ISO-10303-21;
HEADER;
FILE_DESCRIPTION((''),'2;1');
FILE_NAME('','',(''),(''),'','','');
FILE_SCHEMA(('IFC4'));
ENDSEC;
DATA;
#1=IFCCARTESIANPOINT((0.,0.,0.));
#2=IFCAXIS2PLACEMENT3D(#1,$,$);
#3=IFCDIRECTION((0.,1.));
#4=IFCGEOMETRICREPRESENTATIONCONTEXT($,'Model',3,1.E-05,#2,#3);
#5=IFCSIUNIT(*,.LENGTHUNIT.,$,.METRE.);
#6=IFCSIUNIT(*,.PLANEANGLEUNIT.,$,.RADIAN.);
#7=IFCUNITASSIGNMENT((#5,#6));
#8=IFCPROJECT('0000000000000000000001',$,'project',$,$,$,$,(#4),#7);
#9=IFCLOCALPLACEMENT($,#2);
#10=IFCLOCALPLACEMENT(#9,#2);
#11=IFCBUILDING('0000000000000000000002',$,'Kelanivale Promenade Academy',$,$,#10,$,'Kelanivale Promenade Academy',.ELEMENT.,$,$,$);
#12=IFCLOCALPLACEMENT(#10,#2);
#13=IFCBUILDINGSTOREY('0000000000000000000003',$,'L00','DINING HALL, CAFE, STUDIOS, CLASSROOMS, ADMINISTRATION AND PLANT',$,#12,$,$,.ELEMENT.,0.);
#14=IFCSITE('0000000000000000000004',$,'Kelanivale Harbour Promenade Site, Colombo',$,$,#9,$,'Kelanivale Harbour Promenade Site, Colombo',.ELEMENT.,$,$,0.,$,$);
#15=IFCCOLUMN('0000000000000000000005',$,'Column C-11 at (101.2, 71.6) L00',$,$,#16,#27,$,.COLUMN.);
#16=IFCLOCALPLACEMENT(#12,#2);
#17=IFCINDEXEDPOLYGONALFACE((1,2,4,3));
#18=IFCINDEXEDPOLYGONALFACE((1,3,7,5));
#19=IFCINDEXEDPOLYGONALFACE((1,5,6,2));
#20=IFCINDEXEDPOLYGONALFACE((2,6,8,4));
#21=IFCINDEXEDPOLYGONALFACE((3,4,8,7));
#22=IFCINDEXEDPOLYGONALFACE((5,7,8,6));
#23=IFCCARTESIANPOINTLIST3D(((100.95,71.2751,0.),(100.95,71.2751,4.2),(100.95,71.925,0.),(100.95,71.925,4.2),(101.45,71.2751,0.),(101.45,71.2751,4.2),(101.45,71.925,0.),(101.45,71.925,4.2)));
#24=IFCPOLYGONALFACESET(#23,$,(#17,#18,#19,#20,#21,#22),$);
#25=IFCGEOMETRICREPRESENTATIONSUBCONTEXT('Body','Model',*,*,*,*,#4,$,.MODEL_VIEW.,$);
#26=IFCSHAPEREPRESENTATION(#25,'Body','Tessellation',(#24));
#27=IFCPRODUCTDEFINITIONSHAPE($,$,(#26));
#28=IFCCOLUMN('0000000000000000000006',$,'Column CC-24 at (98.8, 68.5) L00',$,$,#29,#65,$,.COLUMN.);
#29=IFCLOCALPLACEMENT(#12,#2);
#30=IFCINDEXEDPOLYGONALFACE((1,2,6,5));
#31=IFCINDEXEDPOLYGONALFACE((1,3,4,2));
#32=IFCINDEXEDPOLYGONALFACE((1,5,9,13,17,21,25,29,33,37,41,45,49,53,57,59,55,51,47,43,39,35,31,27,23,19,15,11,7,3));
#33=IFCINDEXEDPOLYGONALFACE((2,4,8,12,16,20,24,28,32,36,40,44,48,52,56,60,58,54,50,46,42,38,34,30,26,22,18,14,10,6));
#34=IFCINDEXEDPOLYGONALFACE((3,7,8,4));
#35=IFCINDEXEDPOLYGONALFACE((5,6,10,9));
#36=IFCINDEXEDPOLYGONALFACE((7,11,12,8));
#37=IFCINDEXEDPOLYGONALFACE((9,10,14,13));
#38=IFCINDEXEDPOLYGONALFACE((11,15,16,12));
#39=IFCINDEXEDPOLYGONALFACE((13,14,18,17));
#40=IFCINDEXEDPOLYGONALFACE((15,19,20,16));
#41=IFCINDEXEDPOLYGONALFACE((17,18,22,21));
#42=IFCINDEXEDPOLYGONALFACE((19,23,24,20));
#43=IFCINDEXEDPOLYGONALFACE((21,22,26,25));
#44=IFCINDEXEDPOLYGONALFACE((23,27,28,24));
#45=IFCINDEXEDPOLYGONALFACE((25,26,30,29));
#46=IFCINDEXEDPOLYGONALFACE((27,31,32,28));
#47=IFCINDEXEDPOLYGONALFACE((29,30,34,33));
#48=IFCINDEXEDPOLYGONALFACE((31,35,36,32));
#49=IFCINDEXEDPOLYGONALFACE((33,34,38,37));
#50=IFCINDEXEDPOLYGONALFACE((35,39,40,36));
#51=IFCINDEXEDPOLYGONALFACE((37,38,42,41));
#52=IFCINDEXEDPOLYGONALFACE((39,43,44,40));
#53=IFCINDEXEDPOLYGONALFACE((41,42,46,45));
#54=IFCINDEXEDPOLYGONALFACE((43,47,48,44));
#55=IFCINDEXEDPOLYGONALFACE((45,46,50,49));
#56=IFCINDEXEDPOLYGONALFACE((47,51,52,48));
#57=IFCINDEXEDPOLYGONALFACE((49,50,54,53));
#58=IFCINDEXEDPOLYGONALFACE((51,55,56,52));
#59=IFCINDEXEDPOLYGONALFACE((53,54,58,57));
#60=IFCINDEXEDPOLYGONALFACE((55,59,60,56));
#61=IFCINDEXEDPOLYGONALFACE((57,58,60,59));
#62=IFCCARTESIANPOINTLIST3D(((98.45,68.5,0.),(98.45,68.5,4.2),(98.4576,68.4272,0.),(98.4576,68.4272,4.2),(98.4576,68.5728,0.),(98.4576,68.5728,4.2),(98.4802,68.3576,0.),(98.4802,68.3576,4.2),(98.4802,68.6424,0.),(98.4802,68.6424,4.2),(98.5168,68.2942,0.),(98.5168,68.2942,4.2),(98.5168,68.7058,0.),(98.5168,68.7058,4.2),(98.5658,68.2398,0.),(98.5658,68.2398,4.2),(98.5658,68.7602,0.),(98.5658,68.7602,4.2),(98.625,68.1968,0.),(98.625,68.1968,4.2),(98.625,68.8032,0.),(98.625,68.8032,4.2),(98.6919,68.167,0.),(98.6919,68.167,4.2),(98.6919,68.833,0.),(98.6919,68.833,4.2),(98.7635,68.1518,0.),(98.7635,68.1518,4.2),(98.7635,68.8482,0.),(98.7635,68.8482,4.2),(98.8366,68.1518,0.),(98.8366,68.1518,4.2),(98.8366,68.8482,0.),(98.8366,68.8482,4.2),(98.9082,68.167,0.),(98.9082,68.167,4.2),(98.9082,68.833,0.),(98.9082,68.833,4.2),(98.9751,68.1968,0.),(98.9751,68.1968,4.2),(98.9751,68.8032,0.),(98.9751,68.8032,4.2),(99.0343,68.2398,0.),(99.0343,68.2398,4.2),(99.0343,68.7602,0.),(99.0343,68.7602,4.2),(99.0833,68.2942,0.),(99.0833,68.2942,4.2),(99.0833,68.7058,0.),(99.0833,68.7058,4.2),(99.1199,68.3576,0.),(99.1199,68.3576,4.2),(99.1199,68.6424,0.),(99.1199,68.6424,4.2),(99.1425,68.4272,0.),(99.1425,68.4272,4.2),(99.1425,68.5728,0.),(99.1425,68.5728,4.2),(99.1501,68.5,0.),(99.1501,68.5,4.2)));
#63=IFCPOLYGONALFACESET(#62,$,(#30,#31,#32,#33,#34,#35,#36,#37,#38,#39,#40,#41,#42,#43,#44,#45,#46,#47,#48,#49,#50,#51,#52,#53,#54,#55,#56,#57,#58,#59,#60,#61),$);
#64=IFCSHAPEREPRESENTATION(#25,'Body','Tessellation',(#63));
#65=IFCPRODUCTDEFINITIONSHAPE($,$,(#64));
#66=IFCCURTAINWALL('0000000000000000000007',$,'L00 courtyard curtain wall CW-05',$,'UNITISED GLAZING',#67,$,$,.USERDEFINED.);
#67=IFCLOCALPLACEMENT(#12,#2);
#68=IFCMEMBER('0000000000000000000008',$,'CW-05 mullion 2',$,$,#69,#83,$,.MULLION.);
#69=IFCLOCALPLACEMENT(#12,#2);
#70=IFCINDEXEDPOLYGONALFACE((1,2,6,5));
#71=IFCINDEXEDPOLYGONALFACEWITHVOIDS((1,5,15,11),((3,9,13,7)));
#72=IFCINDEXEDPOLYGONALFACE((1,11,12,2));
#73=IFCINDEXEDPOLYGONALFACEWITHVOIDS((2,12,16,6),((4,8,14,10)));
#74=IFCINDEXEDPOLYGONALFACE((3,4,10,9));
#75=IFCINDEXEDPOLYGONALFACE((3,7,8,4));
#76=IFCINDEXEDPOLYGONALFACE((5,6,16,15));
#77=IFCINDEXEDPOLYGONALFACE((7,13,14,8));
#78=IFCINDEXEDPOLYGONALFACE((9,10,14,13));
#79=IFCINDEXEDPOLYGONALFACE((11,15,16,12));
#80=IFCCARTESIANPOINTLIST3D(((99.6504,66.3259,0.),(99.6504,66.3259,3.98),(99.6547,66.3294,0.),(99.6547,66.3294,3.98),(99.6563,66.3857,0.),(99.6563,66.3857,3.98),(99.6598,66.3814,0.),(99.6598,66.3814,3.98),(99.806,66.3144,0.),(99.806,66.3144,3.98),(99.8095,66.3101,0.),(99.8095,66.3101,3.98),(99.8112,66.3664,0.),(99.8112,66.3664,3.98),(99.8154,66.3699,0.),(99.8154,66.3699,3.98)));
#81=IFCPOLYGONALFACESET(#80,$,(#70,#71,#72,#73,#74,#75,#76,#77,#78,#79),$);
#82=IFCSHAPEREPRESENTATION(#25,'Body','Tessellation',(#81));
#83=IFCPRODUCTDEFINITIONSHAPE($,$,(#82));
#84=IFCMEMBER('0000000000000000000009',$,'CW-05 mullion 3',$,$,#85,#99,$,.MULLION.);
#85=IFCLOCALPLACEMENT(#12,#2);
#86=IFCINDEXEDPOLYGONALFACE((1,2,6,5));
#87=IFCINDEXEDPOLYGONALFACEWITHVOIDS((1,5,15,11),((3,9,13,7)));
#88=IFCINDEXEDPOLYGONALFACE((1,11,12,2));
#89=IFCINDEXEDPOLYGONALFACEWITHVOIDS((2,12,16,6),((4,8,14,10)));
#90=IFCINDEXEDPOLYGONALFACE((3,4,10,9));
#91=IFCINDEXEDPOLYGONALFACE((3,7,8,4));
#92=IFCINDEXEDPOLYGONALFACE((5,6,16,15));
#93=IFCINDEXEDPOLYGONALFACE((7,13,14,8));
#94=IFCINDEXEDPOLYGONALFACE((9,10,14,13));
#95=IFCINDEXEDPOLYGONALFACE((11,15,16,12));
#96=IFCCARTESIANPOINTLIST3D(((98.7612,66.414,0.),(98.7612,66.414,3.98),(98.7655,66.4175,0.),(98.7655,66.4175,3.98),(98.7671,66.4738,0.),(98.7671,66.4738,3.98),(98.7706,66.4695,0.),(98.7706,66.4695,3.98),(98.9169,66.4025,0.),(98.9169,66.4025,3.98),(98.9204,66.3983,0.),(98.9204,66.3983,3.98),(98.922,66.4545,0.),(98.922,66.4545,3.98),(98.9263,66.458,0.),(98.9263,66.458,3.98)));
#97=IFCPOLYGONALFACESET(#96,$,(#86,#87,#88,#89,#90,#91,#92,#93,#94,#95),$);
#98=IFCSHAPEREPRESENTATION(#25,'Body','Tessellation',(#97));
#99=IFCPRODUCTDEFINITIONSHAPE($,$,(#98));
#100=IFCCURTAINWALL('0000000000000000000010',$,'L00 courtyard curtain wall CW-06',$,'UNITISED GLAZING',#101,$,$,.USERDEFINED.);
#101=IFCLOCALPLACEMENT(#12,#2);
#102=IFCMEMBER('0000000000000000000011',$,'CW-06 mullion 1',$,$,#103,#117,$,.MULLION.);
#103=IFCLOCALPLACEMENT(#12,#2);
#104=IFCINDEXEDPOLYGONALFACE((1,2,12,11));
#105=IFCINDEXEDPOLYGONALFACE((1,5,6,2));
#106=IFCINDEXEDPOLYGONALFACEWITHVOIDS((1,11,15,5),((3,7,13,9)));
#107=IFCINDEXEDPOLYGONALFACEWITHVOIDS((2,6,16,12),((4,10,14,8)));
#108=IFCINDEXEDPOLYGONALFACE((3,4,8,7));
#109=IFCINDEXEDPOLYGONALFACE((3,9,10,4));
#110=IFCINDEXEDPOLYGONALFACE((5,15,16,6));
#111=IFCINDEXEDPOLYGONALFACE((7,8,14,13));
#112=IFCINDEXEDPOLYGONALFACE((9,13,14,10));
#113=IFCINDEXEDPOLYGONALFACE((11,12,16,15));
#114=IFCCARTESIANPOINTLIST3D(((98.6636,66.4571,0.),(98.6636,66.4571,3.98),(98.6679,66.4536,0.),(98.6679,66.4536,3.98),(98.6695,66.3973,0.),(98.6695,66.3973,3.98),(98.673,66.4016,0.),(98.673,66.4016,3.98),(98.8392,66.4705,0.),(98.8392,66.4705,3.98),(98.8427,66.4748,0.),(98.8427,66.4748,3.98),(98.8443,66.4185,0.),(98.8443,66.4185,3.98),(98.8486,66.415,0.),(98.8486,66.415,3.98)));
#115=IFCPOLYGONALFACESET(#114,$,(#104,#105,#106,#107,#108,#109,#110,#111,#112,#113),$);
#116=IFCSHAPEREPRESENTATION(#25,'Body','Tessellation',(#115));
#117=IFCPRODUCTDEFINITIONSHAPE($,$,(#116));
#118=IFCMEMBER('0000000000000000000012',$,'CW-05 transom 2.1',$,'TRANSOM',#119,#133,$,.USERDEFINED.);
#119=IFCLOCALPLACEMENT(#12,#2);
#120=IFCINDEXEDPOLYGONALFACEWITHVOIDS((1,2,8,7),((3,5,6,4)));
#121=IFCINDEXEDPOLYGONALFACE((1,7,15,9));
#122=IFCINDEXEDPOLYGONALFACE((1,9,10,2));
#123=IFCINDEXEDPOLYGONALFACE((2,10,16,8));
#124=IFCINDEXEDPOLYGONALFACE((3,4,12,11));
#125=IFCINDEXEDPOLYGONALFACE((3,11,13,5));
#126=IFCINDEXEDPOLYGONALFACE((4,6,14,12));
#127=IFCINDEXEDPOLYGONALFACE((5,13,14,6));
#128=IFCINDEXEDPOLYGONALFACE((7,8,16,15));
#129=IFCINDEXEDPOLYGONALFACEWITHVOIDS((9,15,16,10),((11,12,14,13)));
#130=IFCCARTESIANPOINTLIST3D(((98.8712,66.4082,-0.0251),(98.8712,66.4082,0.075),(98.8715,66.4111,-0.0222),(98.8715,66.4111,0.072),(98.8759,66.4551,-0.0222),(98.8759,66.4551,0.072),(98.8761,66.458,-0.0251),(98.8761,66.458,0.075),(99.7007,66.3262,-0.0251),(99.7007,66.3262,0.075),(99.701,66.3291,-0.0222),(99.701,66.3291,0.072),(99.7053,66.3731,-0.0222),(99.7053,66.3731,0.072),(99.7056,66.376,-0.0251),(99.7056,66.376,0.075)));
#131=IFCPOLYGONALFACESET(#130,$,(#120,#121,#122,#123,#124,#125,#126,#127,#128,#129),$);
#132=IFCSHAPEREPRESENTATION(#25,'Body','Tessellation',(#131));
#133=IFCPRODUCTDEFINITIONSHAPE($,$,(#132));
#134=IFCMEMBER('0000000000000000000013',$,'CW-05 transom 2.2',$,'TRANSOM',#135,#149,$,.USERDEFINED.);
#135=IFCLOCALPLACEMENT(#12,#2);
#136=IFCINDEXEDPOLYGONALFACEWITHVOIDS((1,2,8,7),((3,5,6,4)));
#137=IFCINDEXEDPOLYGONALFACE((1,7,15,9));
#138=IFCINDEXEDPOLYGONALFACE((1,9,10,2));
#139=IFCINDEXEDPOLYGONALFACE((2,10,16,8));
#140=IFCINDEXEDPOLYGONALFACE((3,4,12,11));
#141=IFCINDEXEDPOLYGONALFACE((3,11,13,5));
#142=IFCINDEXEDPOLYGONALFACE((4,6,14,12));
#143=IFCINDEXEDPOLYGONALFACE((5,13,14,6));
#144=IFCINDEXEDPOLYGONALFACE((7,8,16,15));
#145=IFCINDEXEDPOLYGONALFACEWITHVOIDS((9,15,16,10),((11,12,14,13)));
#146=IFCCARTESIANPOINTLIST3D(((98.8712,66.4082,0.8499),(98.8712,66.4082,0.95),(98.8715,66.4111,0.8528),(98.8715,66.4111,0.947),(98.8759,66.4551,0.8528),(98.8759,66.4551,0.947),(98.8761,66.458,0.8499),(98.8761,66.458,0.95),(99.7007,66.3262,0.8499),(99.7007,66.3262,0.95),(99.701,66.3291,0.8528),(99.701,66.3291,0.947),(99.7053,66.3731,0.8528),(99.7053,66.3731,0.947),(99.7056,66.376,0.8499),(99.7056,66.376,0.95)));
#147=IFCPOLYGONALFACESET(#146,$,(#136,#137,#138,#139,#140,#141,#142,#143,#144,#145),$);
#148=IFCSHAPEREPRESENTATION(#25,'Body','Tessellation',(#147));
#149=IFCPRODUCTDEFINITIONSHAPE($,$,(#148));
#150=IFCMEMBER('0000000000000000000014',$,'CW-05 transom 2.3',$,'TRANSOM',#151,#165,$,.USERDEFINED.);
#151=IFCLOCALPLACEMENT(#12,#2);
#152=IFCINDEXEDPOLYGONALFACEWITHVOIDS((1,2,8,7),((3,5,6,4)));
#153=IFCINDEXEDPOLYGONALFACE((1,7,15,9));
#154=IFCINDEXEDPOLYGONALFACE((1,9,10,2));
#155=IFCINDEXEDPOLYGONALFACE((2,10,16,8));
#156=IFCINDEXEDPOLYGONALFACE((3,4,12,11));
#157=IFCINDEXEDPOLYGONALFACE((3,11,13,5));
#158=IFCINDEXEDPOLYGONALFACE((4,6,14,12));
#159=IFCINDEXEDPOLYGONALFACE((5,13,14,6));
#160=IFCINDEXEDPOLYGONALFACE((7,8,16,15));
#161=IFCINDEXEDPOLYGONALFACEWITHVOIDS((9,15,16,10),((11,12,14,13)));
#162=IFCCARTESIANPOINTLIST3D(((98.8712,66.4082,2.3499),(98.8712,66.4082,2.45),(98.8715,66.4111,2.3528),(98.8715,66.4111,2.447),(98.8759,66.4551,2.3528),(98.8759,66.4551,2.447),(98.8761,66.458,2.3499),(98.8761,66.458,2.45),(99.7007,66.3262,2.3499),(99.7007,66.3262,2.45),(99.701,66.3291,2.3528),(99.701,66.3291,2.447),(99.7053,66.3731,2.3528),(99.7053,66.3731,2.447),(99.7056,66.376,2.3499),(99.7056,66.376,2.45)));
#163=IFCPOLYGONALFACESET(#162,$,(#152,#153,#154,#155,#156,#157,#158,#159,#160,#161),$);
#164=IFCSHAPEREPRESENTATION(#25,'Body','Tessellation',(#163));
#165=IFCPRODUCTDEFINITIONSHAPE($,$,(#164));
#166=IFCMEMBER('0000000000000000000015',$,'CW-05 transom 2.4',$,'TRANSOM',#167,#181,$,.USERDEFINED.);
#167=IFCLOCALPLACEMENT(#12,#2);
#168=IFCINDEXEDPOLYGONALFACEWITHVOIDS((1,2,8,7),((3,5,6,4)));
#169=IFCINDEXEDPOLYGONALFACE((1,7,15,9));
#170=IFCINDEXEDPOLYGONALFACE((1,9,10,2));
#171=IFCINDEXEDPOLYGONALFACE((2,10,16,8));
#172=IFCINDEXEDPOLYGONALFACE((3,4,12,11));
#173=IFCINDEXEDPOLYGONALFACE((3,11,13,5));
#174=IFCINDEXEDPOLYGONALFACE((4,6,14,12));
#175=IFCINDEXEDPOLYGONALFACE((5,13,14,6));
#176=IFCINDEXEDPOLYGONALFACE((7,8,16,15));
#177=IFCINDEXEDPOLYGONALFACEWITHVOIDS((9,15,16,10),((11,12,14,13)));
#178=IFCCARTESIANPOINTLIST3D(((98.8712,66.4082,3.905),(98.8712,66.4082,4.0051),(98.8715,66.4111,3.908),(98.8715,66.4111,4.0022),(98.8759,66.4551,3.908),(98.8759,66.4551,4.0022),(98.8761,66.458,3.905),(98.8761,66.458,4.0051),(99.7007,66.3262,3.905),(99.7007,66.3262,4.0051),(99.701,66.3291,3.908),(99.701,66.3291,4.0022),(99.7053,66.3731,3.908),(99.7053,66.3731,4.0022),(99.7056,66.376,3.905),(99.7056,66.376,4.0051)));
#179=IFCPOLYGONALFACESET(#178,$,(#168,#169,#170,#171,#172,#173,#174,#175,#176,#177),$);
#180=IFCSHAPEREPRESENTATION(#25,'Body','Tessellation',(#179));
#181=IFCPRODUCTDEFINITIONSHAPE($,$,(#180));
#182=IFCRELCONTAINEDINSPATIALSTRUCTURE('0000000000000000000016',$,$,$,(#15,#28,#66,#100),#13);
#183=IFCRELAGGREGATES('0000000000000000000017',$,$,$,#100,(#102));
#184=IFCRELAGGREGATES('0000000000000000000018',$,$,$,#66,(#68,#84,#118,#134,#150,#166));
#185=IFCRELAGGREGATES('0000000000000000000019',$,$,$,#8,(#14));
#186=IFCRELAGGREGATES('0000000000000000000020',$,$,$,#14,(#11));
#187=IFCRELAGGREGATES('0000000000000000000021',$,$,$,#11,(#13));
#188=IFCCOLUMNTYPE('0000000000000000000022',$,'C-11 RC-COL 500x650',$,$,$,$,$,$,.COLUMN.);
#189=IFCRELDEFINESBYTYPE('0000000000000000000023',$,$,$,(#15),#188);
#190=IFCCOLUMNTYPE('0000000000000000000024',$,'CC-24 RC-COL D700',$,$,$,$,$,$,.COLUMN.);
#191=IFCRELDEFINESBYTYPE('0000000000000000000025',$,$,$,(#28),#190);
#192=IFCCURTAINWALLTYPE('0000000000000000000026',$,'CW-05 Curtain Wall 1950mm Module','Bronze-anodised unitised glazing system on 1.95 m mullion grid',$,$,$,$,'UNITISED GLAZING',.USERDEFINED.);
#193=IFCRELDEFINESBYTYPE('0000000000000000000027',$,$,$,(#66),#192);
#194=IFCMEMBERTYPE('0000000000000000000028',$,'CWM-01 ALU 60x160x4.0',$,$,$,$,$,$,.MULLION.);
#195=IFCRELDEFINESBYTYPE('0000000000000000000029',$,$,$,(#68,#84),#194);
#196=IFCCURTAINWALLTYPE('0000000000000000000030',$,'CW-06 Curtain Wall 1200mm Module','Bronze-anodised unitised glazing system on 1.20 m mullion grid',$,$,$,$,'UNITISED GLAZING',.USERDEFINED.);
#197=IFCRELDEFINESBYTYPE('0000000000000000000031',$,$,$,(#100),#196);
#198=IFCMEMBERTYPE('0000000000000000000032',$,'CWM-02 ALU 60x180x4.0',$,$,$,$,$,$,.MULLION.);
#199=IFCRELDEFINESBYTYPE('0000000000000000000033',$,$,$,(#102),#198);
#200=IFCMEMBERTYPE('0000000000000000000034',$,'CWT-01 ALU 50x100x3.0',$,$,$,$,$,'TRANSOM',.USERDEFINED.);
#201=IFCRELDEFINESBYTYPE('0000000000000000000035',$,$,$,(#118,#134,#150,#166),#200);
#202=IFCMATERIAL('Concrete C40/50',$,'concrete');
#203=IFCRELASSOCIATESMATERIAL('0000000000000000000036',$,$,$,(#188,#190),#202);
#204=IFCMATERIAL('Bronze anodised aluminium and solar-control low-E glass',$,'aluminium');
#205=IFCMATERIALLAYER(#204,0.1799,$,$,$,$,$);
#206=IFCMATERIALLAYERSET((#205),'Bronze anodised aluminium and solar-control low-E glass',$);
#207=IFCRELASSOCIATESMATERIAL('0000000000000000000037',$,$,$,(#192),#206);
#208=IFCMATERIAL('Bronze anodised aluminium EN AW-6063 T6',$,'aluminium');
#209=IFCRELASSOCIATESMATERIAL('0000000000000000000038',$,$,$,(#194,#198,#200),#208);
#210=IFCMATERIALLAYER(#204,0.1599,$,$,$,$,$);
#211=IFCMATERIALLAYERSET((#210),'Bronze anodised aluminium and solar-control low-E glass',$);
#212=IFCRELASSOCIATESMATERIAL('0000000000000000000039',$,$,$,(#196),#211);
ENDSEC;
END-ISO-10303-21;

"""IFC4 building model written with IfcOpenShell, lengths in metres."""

from ifc_helpers import new_model, si_unit, direction, frame, origin, origin_2d, place, context, subcontext, project, spatial, rectangle, hollow_rectangle, circle, extrude, material, layer, layer_set, material_profile, profile_set, type_object, element, aggregate, save


model = new_model("IFC4")

# Units and contexts
model_context = context("Model", 3, precision=1e-05, world=origin(), true_north=direction((0.0, 1.0)))
body_context = subcontext(model_context, "Body", "Model", "MODEL_VIEW")
ifc_project = project(units=[si_unit("LENGTHUNIT", "METRE"), si_unit("PLANEANGLEUNIT", "RADIAN")], contexts=[model_context])

# Site, building, storey
site_placement = place(None, origin())
site = spatial("IfcSite", under=ifc_project, at=site_placement, Name="Kelanivale Harbour Promenade Site, Colombo", LongName="Kelanivale Harbour Promenade Site, Colombo", CompositionType="ELEMENT", RefElevation=0.0)
building_placement = place(site_placement, origin())
building = spatial("IfcBuilding", under=site, at=building_placement, Name="Kelanivale Promenade Academy", LongName="Kelanivale Promenade Academy", CompositionType="ELEMENT")
storey_placement = place(building_placement, origin())
storey = spatial("IfcBuildingStorey", under=building, at=storey_placement, Name="L00", Description="DINING HALL, CAFE, STUDIOS, CLASSROOMS, ADMINISTRATION AND PLANT", CompositionType="ELEMENT", Elevation=0.0)

# Columns
ifc_material_1 = material(Name="Concrete C40/50", Category="concrete")
ifc_material_profile_1 = material_profile(ifc_material_1, rectangle(XDim=0.5, YDim=0.6499, at=origin_2d()), Name="RC-COL 500x650")
ifc_profile_set_1 = profile_set([ifc_material_profile_1], Name="Concrete C40/50")
column_type_1 = type_object("IfcColumnType", Name="C-11 RC-COL 500x650", PredefinedType="COLUMN", material=ifc_profile_set_1)
column_1_placement = place(storey_placement, frame((101.2, 71.6001, 0.0), z_axis=(0.0, 0.0, 1.0), x_axis=(1.0, 0.0, 0.0)))
element("IfcColumn", 1, at=column_1_placement, inside=storey, type_object=column_type_1, Name="Column C-11 at (101.2, 71.6) L00", PredefinedType="COLUMN", context=body_context, shape_type="SweptSolid", body=[
    extrude(rectangle(XDim=0.5, YDim=0.6499, at=origin_2d()), origin(), (0.0, 0.0, 1.0), 4.2),
])
ifc_material_profile_2 = material_profile(ifc_material_1, circle(Radius=0.3501, at=origin_2d()), Name="RC-COL D700")
ifc_profile_set_2 = profile_set([ifc_material_profile_2], Name="Concrete C40/50")
column_type_2 = type_object("IfcColumnType", Name="CC-24 RC-COL D700", PredefinedType="COLUMN", material=ifc_profile_set_2)
column_2_placement = place(storey_placement, frame((98.8, 68.5, 0.0), z_axis=(0.0, 0.0, 1.0), x_axis=(1.0, 0.0, 0.0)))
element("IfcColumn", 2, at=column_2_placement, inside=storey, type_object=column_type_2, Name="Column CC-24 at (98.8, 68.5) L00", PredefinedType="COLUMN", context=body_context, shape_type="SweptSolid", body=[
    extrude(circle(Radius=0.3501, at=origin_2d()), origin(), (0.0, 0.0, 1.0), 4.2),
])

# Curtain wall, members
ifc_material_2 = material(Name="Bronze anodised aluminium and solar-control low-E glass", Category="aluminium")
ifc_layer_1 = layer(ifc_material_2, 0.1799)
ifc_layer_set_1 = layer_set([ifc_layer_1], Name="Bronze anodised aluminium and solar-control low-E glass")
curtain_wall_type_1 = type_object("IfcCurtainWallType", Name="CW-05 Curtain Wall 1950mm Module", Description="Bronze-anodised unitised glazing system on 1.95 m mullion grid", ElementType="UNITISED GLAZING", PredefinedType="USERDEFINED", material=ifc_layer_set_1)
curtain_wall_1_placement = place(storey_placement, origin())
curtain_wall_1 = element("IfcCurtainWall", 3, at=curtain_wall_1_placement, inside=storey, type_object=curtain_wall_type_1, Name="L00 courtyard curtain wall CW-05", ObjectType="UNITISED GLAZING", PredefinedType="USERDEFINED")
ifc_material_3 = material(Name="Bronze anodised aluminium EN AW-6063 T6", Category="aluminium")
ifc_material_profile_3 = material_profile(ifc_material_3, hollow_rectangle(XDim=0.0601, YDim=0.1599, WallThickness=0.0039, at=origin_2d()), Name="ALU 60x160x4.0")
ifc_profile_set_3 = profile_set([ifc_material_profile_3], Name="Bronze anodised aluminium EN AW-6063 T6")
member_type_1 = type_object("IfcMemberType", Name="CWM-01 ALU 60x160x4.0", PredefinedType="MULLION", material=ifc_profile_set_3)
member_1_placement = place(storey_placement, frame((99.7329, 66.3479, 0.0), z_axis=(0.0, 0.0, 1.0), x_axis=(-0.098539, -0.995133, 0.0)))
member_1 = element("IfcMember", 4, at=member_1_placement, type_object=member_type_1, Name="CW-05 mullion 2", PredefinedType="MULLION", context=body_context, shape_type="SweptSolid", body=[
    extrude(hollow_rectangle(XDim=0.0601, YDim=0.1599, WallThickness=0.0039, at=origin_2d()), origin(), (0.0, 0.0, 1.0), 3.98),
])
member_2_placement = place(storey_placement, frame((98.8438, 66.436, 0.0), z_axis=(0.0, 0.0, 1.0), x_axis=(-0.098539, -0.995133, 0.0)))
member_2 = element("IfcMember", 5, at=member_2_placement, type_object=member_type_1, Name="CW-05 mullion 3", PredefinedType="MULLION", context=body_context, shape_type="SweptSolid", body=[
    extrude(hollow_rectangle(XDim=0.0601, YDim=0.1599, WallThickness=0.0039, at=origin_2d()), origin(), (0.0, 0.0, 1.0), 3.98),
])

# Curtain wall, member
ifc_layer_2 = layer(ifc_material_2, 0.1599)
ifc_layer_set_2 = layer_set([ifc_layer_2], Name="Bronze anodised aluminium and solar-control low-E glass")
curtain_wall_type_2 = type_object("IfcCurtainWallType", Name="CW-06 Curtain Wall 1200mm Module", Description="Bronze-anodised unitised glazing system on 1.20 m mullion grid", ElementType="UNITISED GLAZING", PredefinedType="USERDEFINED", material=ifc_layer_set_2)
curtain_wall_2_placement = place(storey_placement, origin())
curtain_wall_2 = element("IfcCurtainWall", 6, at=curtain_wall_2_placement, inside=storey, type_object=curtain_wall_type_2, Name="L00 courtyard curtain wall CW-06", ObjectType="UNITISED GLAZING", PredefinedType="USERDEFINED")
ifc_material_profile_4 = material_profile(ifc_material_3, hollow_rectangle(XDim=0.0601, YDim=0.1799, WallThickness=0.0039, at=origin_2d()), Name="ALU 60x180x4.0")
ifc_profile_set_4 = profile_set([ifc_material_profile_4], Name="Bronze anodised aluminium EN AW-6063 T6")
member_type_2 = type_object("IfcMemberType", Name="CWM-02 ALU 60x180x4.0", PredefinedType="MULLION", material=ifc_profile_set_4)
member_3_placement = place(storey_placement, frame((98.7561, 66.436, 0.0), z_axis=(0.0, 0.0, 1.0), x_axis=(0.098281, -0.995159, 0.0)))
member_3 = element("IfcMember", 7, at=member_3_placement, type_object=member_type_2, Name="CW-06 mullion 1", PredefinedType="MULLION", context=body_context, shape_type="SweptSolid", body=[
    extrude(hollow_rectangle(XDim=0.0601, YDim=0.1799, WallThickness=0.0039, at=origin_2d()), origin(), (0.0, 0.0, 1.0), 3.98),
])

# Members
ifc_material_profile_5 = material_profile(ifc_material_3, hollow_rectangle(XDim=0.05, YDim=0.1001, WallThickness=0.0029, at=origin_2d()), Name="ALU 50x100x3.0")
ifc_profile_set_5 = profile_set([ifc_material_profile_5], Name="Bronze anodised aluminium EN AW-6063 T6")
member_type_3 = type_object("IfcMemberType", Name="CWT-01 ALU 50x100x3.0", ElementType="TRANSOM", PredefinedType="USERDEFINED", material=ifc_profile_set_5)
member_4_placement = place(storey_placement, frame((99.7031, 66.3511, 0.0249), z_axis=(-0.995144, 0.09843, 0.0), x_axis=(-0.09843, -0.995144, 0.0)))
member_4 = element("IfcMember", 8, at=member_4_placement, type_object=member_type_3, Name="CW-05 transom 2.1", ObjectType="TRANSOM", PredefinedType="USERDEFINED", context=body_context, shape_type="SweptSolid", body=[
    extrude(hollow_rectangle(XDim=0.05, YDim=0.1001, WallThickness=0.0029, at=origin_2d()), origin(), (0.0, 0.0, 1.0), 0.8335),
])
member_5_placement = place(storey_placement, frame((99.7031, 66.3511, 0.8999), z_axis=(-0.995144, 0.09843, 0.0), x_axis=(-0.09843, -0.995144, 0.0)))
member_5 = element("IfcMember", 9, at=member_5_placement, type_object=member_type_3, Name="CW-05 transom 2.2", ObjectType="TRANSOM", PredefinedType="USERDEFINED", context=body_context, shape_type="SweptSolid", body=[
    extrude(hollow_rectangle(XDim=0.05, YDim=0.1001, WallThickness=0.0029, at=origin_2d()), origin(), (0.0, 0.0, 1.0), 0.8335),
])
member_6_placement = place(storey_placement, frame((99.7031, 66.3511, 2.3999), z_axis=(-0.995144, 0.09843, 0.0), x_axis=(-0.09843, -0.995144, 0.0)))
member_6 = element("IfcMember", 10, at=member_6_placement, type_object=member_type_3, Name="CW-05 transom 2.3", ObjectType="TRANSOM", PredefinedType="USERDEFINED", context=body_context, shape_type="SweptSolid", body=[
    extrude(hollow_rectangle(XDim=0.05, YDim=0.1001, WallThickness=0.0029, at=origin_2d()), origin(), (0.0, 0.0, 1.0), 0.8335),
])
member_7_placement = place(storey_placement, frame((99.7031, 66.3511, 3.9551), z_axis=(-0.995144, 0.09843, 0.0), x_axis=(-0.09843, -0.995144, 0.0)))
member_7 = element("IfcMember", 11, at=member_7_placement, type_object=member_type_3, Name="CW-05 transom 2.4", ObjectType="TRANSOM", PredefinedType="USERDEFINED", context=body_context, shape_type="SweptSolid", body=[
    extrude(hollow_rectangle(XDim=0.05, YDim=0.1001, WallThickness=0.0029, at=origin_2d()), origin(), (0.0, 0.0, 1.0), 0.8335),
])
aggregate(curtain_wall_2, [member_3])

aggregate(curtain_wall_1, [member_1, member_2, member_4, member_5, member_6, member_7])

save(model, "model.ifc")
